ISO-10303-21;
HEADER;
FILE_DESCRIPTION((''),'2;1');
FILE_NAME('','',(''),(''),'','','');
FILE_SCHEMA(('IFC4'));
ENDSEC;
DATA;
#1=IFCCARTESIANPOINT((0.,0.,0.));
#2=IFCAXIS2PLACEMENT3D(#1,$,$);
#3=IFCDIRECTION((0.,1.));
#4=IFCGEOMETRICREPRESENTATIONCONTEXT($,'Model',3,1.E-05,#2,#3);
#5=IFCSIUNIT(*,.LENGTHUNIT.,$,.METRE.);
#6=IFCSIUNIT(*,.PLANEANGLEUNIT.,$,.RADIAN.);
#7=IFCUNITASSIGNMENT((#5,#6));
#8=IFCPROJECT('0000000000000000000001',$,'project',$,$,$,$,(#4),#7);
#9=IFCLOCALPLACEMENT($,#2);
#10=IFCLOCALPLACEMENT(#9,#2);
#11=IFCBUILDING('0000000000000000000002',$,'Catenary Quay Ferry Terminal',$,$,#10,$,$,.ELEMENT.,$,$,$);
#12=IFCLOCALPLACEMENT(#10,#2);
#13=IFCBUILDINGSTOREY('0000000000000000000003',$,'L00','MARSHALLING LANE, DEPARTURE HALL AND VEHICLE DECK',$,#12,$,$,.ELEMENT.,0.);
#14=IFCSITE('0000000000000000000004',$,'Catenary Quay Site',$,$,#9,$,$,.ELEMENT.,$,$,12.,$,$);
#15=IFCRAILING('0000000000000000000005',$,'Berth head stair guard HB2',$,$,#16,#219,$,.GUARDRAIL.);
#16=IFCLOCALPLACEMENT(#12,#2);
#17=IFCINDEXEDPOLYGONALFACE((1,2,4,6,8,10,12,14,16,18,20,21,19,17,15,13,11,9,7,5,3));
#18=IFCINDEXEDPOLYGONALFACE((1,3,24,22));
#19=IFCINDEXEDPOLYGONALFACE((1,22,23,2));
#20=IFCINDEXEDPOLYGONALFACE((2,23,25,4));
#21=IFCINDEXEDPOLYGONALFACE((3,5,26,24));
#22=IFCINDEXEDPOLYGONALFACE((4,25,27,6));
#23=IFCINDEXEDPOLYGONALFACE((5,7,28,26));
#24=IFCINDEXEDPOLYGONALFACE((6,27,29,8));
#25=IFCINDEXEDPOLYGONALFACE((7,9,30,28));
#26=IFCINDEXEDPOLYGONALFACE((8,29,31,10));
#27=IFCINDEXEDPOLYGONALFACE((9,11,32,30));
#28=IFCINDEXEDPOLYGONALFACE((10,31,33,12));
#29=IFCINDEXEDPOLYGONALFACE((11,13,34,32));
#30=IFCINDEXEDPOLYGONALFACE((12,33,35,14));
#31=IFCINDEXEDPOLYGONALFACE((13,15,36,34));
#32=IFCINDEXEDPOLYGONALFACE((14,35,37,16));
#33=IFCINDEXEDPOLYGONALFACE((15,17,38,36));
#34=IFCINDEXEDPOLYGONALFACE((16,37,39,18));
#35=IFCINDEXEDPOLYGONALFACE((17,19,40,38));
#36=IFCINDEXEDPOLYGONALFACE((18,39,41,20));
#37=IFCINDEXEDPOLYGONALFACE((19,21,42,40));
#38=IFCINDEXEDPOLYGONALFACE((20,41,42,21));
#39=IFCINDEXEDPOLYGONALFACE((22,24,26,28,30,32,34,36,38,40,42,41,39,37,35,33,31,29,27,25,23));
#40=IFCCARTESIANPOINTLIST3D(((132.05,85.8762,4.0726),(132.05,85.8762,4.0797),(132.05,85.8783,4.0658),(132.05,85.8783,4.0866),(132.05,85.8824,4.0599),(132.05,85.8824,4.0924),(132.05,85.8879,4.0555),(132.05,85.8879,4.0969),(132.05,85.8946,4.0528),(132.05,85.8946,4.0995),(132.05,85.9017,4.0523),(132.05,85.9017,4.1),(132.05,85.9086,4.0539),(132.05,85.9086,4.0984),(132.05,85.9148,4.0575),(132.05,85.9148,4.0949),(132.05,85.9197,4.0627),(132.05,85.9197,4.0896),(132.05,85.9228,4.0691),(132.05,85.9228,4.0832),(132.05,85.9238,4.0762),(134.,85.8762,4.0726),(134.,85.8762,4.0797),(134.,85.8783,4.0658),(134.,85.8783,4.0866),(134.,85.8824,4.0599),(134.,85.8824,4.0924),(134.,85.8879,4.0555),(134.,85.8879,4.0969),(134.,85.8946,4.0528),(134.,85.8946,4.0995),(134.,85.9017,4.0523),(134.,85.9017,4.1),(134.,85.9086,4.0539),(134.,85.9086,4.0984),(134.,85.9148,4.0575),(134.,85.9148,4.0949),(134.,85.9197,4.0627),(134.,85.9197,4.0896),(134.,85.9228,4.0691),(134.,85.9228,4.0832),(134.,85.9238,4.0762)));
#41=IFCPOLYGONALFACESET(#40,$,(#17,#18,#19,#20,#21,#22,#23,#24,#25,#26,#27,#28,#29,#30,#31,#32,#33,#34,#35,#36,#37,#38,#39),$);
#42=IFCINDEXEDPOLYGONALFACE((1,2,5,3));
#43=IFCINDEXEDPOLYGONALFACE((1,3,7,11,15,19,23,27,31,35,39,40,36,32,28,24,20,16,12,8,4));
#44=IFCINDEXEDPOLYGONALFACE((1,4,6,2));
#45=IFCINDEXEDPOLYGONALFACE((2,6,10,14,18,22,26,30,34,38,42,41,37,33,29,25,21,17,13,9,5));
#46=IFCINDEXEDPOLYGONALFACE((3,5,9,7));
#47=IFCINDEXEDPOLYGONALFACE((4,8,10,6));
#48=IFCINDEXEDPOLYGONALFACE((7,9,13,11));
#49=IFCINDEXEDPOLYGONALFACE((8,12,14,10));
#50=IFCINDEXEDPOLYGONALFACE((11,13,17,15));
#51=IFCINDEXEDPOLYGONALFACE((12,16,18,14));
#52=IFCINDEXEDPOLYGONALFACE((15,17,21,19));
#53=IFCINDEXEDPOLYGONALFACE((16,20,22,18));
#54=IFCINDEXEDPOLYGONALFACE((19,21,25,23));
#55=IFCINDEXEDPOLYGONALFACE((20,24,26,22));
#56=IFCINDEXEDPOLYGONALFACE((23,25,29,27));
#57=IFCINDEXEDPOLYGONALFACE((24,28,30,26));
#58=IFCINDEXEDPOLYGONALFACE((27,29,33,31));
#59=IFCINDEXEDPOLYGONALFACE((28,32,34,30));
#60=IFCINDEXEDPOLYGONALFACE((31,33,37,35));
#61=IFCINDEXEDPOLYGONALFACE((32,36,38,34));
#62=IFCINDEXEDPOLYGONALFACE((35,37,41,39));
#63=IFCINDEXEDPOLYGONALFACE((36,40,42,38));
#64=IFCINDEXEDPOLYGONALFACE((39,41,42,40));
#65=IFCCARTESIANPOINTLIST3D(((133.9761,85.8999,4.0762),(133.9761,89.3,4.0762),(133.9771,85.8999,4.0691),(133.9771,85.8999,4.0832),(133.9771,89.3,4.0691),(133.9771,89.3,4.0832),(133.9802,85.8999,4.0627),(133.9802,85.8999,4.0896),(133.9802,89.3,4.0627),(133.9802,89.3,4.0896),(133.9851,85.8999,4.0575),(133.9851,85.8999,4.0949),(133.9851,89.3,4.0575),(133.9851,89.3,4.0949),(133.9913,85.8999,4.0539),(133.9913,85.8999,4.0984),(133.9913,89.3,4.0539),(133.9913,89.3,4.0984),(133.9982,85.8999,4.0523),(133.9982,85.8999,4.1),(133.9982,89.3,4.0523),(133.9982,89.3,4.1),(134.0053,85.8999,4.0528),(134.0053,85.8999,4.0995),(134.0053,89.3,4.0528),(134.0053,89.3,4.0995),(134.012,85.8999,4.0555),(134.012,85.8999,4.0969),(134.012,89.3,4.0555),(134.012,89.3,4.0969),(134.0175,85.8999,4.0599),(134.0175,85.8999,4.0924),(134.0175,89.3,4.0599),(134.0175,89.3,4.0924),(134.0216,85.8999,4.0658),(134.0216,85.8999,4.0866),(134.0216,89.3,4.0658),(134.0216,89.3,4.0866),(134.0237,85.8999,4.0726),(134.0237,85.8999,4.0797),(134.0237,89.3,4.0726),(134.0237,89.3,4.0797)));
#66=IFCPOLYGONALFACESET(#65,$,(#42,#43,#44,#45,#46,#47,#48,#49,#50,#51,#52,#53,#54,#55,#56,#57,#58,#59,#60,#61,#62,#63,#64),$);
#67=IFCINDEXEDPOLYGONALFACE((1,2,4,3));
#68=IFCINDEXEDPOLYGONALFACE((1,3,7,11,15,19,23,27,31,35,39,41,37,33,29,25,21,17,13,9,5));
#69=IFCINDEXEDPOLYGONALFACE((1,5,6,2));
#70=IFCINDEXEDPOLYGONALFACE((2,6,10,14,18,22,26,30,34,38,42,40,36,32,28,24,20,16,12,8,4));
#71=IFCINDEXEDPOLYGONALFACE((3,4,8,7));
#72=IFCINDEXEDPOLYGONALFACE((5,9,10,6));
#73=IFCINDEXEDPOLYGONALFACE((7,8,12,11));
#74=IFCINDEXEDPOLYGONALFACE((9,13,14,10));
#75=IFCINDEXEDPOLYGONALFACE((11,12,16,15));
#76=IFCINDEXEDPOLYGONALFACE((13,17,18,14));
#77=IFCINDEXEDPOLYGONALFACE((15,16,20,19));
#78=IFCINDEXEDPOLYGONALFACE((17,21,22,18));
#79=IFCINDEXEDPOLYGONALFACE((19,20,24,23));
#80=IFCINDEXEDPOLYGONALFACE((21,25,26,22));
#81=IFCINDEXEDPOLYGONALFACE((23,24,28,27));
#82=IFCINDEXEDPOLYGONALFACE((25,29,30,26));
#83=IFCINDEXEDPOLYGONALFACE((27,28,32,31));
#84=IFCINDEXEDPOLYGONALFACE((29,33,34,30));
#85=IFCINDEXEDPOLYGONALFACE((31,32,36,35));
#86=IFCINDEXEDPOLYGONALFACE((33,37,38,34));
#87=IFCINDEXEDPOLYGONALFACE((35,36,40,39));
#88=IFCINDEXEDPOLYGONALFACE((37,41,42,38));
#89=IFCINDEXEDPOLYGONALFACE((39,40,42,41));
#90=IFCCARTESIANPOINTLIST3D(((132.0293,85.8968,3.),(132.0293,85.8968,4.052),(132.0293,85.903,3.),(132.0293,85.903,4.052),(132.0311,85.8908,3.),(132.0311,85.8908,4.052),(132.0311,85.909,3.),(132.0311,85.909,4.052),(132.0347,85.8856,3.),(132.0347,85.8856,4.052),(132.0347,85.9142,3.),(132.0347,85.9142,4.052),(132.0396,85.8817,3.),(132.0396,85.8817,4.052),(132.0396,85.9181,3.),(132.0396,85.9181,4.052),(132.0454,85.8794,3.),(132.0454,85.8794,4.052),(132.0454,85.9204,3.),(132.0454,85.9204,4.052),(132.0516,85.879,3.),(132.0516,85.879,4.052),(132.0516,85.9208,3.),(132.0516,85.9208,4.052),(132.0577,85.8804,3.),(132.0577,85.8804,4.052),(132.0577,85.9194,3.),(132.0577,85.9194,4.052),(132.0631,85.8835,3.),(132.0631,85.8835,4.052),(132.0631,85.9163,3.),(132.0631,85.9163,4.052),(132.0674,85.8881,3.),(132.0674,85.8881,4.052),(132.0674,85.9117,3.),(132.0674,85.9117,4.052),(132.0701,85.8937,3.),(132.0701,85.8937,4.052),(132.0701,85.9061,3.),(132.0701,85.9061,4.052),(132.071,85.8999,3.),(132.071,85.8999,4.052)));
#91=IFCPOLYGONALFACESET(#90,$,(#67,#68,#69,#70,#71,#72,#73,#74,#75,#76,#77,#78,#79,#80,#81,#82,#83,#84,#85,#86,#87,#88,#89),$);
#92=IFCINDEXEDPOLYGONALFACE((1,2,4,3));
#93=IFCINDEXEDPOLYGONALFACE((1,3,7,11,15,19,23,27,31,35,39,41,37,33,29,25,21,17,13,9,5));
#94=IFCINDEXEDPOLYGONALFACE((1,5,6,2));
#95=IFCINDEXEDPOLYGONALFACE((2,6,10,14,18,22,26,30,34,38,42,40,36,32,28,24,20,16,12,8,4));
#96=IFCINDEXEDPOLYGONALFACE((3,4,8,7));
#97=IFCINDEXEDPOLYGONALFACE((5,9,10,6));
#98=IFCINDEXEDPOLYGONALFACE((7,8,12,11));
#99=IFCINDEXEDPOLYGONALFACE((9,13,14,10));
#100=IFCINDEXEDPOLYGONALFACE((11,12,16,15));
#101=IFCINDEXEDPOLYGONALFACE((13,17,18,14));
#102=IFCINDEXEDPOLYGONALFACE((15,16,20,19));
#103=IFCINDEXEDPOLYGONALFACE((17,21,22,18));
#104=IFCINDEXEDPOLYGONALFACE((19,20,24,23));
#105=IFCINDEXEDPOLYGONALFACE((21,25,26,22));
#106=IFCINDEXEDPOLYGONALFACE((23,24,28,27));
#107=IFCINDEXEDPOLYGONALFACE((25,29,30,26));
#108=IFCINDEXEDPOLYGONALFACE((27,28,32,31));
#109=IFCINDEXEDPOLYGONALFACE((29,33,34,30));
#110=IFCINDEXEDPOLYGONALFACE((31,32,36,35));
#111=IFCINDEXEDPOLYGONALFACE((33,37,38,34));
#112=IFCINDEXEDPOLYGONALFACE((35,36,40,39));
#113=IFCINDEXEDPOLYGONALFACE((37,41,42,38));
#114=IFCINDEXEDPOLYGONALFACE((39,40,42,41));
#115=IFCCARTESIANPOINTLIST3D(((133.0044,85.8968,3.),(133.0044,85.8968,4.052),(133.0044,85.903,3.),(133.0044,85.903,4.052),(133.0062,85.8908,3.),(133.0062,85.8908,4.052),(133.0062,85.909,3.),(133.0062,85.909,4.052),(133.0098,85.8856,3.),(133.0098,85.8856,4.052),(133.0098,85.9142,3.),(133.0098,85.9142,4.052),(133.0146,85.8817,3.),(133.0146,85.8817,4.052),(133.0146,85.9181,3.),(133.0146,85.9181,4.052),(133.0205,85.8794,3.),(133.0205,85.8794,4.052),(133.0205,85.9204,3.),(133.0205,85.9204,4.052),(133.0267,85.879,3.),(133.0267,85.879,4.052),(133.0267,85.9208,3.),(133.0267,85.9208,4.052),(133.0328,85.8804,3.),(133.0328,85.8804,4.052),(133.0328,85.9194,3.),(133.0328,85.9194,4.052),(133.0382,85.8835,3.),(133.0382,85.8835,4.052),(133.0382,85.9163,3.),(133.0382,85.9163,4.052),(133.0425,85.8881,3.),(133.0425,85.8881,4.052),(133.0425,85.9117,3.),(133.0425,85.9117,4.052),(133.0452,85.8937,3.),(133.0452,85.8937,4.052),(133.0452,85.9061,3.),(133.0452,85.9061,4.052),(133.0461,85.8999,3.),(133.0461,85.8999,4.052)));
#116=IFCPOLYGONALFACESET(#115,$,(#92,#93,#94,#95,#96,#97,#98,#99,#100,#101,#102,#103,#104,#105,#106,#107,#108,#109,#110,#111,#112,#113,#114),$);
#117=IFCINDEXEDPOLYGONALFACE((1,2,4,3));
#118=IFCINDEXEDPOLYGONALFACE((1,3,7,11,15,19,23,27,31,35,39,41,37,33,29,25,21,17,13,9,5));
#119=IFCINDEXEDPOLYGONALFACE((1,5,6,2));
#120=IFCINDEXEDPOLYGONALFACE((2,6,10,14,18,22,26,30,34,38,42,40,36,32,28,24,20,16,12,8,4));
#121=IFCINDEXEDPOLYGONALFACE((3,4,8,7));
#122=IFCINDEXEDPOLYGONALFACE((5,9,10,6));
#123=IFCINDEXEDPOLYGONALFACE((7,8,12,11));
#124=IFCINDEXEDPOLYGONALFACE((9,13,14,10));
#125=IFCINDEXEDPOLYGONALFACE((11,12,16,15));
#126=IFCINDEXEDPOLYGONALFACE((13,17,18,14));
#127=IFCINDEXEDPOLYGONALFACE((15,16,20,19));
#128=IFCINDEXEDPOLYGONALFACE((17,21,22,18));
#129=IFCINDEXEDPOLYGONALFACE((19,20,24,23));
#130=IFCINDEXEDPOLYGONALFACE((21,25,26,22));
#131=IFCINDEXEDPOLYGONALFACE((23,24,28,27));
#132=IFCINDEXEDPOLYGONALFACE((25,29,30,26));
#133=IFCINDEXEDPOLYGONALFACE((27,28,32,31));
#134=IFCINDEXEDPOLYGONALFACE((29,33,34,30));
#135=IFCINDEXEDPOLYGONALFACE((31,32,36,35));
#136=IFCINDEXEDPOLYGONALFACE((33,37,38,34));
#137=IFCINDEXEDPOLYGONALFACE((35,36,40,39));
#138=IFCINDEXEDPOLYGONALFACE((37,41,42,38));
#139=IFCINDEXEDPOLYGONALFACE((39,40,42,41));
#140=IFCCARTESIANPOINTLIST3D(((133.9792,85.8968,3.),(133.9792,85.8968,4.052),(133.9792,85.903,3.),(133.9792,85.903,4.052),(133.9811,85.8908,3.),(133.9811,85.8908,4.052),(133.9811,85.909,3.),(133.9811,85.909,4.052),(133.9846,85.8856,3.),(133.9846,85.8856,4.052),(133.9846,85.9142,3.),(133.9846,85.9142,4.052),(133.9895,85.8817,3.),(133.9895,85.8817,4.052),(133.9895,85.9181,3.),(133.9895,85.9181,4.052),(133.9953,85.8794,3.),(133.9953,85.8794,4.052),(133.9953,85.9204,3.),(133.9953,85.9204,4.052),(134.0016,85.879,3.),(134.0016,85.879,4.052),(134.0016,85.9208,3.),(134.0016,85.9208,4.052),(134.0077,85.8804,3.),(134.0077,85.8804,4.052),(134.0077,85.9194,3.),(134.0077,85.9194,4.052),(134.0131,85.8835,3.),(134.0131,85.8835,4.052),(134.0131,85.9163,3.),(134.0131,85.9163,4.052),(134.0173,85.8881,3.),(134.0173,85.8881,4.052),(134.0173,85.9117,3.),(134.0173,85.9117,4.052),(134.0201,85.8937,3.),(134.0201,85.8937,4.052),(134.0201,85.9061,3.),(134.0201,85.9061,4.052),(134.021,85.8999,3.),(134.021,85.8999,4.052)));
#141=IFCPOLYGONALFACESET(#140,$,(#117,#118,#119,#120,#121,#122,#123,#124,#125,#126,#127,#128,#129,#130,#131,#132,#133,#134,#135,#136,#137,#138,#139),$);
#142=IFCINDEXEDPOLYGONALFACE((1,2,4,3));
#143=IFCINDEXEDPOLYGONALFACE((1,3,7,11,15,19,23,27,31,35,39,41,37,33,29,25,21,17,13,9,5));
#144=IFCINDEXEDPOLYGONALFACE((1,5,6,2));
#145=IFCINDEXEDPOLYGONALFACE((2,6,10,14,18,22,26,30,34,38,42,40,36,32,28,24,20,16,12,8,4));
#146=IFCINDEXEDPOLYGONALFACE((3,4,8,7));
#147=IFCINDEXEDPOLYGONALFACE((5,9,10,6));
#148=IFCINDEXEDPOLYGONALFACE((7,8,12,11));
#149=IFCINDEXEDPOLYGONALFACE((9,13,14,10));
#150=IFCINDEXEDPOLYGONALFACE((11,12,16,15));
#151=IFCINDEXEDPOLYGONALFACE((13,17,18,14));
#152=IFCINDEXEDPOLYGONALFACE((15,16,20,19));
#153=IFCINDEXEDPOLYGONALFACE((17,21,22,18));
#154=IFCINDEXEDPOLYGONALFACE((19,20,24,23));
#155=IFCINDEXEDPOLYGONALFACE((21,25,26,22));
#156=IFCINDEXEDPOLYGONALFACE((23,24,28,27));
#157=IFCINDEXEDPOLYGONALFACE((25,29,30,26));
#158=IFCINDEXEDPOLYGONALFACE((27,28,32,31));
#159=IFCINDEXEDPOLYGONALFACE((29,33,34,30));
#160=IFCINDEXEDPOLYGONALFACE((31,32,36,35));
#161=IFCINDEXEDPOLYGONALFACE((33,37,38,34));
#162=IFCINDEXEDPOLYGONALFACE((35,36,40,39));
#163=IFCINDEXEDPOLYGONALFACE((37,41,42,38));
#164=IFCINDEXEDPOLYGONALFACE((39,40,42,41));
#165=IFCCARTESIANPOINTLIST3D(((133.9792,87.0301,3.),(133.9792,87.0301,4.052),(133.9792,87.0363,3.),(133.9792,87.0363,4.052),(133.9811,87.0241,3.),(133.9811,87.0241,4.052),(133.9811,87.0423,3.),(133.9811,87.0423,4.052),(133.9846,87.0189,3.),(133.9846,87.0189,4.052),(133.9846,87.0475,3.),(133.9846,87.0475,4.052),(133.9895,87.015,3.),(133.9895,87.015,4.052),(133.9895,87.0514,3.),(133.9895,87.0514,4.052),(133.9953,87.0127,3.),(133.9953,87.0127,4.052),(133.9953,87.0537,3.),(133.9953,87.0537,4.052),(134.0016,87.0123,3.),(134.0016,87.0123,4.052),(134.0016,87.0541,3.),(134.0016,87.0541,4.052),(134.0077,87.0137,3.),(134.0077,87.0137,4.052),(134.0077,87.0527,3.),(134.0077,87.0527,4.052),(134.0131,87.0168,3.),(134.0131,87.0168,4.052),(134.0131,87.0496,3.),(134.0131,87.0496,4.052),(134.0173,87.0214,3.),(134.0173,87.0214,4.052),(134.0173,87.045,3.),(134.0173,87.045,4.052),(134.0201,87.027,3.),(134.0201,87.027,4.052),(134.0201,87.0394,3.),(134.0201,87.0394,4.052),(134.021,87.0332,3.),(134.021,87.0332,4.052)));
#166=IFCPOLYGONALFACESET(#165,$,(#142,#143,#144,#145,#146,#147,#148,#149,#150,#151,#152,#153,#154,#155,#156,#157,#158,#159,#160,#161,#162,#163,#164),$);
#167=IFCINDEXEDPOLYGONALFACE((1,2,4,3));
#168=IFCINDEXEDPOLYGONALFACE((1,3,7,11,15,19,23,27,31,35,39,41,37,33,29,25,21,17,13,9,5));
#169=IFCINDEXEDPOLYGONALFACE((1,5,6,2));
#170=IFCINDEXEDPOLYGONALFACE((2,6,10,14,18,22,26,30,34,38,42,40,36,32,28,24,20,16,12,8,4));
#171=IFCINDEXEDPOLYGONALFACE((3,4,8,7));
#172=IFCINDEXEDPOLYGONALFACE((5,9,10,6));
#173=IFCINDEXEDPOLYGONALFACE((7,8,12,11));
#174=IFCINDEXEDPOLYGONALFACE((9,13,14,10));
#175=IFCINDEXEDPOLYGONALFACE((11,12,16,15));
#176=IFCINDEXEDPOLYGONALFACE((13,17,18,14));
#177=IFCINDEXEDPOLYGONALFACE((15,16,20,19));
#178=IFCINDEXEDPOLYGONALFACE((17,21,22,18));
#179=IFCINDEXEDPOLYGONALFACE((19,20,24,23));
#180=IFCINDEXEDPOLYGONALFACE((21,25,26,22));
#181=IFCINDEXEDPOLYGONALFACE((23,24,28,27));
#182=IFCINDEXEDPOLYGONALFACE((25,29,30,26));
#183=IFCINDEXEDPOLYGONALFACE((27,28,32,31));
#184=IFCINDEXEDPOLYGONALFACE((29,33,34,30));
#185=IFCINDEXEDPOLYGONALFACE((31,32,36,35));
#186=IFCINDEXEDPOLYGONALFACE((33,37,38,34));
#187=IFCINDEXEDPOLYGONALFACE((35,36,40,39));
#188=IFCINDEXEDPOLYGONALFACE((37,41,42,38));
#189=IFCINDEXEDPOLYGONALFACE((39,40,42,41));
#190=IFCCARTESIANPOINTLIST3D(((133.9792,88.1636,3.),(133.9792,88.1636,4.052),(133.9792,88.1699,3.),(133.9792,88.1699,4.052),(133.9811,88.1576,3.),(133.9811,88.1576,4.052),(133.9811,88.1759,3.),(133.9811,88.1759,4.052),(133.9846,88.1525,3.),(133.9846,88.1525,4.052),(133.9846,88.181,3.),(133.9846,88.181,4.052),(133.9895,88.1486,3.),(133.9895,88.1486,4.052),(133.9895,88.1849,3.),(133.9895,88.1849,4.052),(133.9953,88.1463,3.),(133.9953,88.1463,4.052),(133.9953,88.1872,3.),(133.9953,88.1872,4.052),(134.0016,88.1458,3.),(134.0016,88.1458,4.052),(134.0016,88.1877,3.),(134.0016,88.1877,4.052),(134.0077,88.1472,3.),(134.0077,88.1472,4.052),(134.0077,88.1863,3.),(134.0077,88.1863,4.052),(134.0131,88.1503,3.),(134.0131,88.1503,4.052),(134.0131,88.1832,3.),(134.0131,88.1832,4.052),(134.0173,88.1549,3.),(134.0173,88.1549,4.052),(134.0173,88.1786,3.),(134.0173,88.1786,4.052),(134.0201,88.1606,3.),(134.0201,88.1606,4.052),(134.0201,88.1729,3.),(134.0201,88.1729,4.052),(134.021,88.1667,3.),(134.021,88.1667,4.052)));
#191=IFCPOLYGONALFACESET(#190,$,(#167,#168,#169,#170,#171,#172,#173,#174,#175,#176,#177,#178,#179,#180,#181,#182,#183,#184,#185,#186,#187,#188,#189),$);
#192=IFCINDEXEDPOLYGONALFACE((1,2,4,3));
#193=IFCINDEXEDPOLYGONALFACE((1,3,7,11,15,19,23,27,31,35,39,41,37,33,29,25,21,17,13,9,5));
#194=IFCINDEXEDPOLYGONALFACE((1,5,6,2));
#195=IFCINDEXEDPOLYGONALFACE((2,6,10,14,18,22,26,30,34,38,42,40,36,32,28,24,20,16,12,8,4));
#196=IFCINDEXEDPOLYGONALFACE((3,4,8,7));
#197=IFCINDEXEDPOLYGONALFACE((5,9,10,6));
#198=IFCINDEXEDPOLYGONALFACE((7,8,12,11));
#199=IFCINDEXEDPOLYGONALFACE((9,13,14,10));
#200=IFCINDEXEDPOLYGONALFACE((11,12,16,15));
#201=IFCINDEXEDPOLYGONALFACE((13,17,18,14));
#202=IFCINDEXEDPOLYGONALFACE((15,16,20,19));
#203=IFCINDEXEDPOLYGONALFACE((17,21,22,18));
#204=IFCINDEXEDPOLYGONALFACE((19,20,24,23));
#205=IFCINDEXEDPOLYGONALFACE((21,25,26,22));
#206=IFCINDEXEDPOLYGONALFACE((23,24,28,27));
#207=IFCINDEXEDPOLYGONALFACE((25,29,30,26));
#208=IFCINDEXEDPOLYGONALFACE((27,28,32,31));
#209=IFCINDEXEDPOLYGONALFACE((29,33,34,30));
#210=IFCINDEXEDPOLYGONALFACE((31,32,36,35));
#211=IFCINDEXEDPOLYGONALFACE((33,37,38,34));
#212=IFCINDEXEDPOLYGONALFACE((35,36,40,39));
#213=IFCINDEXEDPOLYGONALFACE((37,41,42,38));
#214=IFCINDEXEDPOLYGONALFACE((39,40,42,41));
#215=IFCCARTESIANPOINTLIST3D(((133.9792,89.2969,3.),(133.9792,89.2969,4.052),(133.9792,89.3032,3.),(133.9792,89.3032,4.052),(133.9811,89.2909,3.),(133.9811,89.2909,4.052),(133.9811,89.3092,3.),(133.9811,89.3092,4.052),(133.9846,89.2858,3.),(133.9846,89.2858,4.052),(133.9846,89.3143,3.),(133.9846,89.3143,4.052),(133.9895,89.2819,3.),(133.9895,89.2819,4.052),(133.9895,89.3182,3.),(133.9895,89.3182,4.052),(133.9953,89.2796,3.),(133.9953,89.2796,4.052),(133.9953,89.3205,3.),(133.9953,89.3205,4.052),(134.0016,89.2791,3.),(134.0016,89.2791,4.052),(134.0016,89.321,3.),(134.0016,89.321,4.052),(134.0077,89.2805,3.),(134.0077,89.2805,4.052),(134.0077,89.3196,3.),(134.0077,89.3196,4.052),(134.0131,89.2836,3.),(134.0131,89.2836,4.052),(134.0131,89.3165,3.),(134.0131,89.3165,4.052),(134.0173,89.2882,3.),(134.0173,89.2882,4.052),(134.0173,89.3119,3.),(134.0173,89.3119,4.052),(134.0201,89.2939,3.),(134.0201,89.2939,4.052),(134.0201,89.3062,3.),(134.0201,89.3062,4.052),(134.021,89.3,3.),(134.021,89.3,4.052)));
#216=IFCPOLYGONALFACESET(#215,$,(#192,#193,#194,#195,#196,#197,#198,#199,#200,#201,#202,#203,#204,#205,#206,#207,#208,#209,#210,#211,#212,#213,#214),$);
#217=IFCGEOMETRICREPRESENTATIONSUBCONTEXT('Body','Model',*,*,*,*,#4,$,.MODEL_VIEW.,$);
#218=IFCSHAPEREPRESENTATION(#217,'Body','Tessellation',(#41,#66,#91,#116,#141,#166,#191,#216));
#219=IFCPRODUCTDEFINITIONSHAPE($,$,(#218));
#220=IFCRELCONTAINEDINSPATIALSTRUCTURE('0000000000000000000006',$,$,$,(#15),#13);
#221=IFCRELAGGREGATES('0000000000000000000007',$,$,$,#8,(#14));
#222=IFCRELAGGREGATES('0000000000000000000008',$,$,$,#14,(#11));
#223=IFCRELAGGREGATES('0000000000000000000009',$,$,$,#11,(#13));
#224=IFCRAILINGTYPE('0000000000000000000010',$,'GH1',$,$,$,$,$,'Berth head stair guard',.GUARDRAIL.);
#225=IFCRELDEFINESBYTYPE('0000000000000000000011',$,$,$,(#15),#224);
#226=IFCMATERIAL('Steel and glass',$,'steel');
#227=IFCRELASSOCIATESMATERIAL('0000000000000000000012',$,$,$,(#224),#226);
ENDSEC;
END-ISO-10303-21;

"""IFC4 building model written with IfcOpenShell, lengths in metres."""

from ifc_helpers import new_model, si_unit, direction, frame, origin, origin_2d, place, context, subcontext, project, spatial, circle, extrude, material, type_object, element, save


model = new_model("IFC4")

# Units and contexts
model_context = context("Model", 3, precision=1e-05, world=origin(), true_north=direction((0.0, 1.0)))
body_context = subcontext(model_context, "Body", "Model", "MODEL_VIEW")
ifc_project = project(units=[si_unit("LENGTHUNIT", "METRE"), si_unit("PLANEANGLEUNIT", "RADIAN")], contexts=[model_context])

# Site, building, storey
site_placement = place(None, origin())
site = spatial("IfcSite", under=ifc_project, at=site_placement, Name="Catenary Quay Site", CompositionType="ELEMENT", RefElevation=12.0)
building_placement = place(site_placement, origin())
building = spatial("IfcBuilding", under=site, at=building_placement, Name="Catenary Quay Ferry Terminal", CompositionType="ELEMENT")
storey_placement = place(building_placement, origin())
storey = spatial("IfcBuildingStorey", under=building, at=storey_placement, Name="L00", Description="MARSHALLING LANE, DEPARTURE HALL AND VEHICLE DECK", CompositionType="ELEMENT", Elevation=0.0)

# Railing
ifc_material_1 = material(Name="Steel and glass", Category="steel")
railing_type_1 = type_object("IfcRailingType", Name="GH1", ElementType="Berth head stair guard", PredefinedType="GUARDRAIL", material=ifc_material_1)
railing_placement = place(storey_placement, frame((132.05, 85.8999, 3.0)))
element("IfcRailing", 1, at=railing_placement, inside=storey, type_object=railing_type_1, Name="Berth head stair guard HB2", PredefinedType="GUARDRAIL", context=body_context, shape_type="SweptSolid", body=[
    extrude(circle(Radius=0.0239, at=origin_2d()), frame((0.0, 0.0, 1.0762), z_axis=(1.0, 0.0, 0.0), x_axis=(0.0, 1.0, 0.0)), (0.0, 0.0, 1.0), 1.95),
    extrude(circle(Radius=0.0239, at=origin_2d()), frame((1.95, 0.0, 1.0762), z_axis=(0.0, 1.0, 0.0), x_axis=(-1.0, 0.0, 0.0)), (0.0, 0.0, 1.0), 3.4001),
    extrude(circle(Radius=0.021, at=origin_2d()), origin(), (0.0, 0.0, 1.0), 1.052),
    extrude(circle(Radius=0.021, at=origin_2d()), frame((0.9751, 0.0, 0.0)), (0.0, 0.0, 1.0), 1.052),
    extrude(circle(Radius=0.021, at=origin_2d()), frame((1.95, 0.0, 0.0)), (0.0, 0.0, 1.0), 1.052),
    extrude(circle(Radius=0.021, at=origin_2d()), frame((1.95, 1.1333, 0.0)), (0.0, 0.0, 1.0), 1.052),
    extrude(circle(Radius=0.021, at=origin_2d()), frame((1.95, 2.2668, 0.0)), (0.0, 0.0, 1.0), 1.052),
    extrude(circle(Radius=0.021, at=origin_2d()), frame((1.95, 3.4001, 0.0)), (0.0, 0.0, 1.0), 1.052),
])

save(model, "model.ifc")
